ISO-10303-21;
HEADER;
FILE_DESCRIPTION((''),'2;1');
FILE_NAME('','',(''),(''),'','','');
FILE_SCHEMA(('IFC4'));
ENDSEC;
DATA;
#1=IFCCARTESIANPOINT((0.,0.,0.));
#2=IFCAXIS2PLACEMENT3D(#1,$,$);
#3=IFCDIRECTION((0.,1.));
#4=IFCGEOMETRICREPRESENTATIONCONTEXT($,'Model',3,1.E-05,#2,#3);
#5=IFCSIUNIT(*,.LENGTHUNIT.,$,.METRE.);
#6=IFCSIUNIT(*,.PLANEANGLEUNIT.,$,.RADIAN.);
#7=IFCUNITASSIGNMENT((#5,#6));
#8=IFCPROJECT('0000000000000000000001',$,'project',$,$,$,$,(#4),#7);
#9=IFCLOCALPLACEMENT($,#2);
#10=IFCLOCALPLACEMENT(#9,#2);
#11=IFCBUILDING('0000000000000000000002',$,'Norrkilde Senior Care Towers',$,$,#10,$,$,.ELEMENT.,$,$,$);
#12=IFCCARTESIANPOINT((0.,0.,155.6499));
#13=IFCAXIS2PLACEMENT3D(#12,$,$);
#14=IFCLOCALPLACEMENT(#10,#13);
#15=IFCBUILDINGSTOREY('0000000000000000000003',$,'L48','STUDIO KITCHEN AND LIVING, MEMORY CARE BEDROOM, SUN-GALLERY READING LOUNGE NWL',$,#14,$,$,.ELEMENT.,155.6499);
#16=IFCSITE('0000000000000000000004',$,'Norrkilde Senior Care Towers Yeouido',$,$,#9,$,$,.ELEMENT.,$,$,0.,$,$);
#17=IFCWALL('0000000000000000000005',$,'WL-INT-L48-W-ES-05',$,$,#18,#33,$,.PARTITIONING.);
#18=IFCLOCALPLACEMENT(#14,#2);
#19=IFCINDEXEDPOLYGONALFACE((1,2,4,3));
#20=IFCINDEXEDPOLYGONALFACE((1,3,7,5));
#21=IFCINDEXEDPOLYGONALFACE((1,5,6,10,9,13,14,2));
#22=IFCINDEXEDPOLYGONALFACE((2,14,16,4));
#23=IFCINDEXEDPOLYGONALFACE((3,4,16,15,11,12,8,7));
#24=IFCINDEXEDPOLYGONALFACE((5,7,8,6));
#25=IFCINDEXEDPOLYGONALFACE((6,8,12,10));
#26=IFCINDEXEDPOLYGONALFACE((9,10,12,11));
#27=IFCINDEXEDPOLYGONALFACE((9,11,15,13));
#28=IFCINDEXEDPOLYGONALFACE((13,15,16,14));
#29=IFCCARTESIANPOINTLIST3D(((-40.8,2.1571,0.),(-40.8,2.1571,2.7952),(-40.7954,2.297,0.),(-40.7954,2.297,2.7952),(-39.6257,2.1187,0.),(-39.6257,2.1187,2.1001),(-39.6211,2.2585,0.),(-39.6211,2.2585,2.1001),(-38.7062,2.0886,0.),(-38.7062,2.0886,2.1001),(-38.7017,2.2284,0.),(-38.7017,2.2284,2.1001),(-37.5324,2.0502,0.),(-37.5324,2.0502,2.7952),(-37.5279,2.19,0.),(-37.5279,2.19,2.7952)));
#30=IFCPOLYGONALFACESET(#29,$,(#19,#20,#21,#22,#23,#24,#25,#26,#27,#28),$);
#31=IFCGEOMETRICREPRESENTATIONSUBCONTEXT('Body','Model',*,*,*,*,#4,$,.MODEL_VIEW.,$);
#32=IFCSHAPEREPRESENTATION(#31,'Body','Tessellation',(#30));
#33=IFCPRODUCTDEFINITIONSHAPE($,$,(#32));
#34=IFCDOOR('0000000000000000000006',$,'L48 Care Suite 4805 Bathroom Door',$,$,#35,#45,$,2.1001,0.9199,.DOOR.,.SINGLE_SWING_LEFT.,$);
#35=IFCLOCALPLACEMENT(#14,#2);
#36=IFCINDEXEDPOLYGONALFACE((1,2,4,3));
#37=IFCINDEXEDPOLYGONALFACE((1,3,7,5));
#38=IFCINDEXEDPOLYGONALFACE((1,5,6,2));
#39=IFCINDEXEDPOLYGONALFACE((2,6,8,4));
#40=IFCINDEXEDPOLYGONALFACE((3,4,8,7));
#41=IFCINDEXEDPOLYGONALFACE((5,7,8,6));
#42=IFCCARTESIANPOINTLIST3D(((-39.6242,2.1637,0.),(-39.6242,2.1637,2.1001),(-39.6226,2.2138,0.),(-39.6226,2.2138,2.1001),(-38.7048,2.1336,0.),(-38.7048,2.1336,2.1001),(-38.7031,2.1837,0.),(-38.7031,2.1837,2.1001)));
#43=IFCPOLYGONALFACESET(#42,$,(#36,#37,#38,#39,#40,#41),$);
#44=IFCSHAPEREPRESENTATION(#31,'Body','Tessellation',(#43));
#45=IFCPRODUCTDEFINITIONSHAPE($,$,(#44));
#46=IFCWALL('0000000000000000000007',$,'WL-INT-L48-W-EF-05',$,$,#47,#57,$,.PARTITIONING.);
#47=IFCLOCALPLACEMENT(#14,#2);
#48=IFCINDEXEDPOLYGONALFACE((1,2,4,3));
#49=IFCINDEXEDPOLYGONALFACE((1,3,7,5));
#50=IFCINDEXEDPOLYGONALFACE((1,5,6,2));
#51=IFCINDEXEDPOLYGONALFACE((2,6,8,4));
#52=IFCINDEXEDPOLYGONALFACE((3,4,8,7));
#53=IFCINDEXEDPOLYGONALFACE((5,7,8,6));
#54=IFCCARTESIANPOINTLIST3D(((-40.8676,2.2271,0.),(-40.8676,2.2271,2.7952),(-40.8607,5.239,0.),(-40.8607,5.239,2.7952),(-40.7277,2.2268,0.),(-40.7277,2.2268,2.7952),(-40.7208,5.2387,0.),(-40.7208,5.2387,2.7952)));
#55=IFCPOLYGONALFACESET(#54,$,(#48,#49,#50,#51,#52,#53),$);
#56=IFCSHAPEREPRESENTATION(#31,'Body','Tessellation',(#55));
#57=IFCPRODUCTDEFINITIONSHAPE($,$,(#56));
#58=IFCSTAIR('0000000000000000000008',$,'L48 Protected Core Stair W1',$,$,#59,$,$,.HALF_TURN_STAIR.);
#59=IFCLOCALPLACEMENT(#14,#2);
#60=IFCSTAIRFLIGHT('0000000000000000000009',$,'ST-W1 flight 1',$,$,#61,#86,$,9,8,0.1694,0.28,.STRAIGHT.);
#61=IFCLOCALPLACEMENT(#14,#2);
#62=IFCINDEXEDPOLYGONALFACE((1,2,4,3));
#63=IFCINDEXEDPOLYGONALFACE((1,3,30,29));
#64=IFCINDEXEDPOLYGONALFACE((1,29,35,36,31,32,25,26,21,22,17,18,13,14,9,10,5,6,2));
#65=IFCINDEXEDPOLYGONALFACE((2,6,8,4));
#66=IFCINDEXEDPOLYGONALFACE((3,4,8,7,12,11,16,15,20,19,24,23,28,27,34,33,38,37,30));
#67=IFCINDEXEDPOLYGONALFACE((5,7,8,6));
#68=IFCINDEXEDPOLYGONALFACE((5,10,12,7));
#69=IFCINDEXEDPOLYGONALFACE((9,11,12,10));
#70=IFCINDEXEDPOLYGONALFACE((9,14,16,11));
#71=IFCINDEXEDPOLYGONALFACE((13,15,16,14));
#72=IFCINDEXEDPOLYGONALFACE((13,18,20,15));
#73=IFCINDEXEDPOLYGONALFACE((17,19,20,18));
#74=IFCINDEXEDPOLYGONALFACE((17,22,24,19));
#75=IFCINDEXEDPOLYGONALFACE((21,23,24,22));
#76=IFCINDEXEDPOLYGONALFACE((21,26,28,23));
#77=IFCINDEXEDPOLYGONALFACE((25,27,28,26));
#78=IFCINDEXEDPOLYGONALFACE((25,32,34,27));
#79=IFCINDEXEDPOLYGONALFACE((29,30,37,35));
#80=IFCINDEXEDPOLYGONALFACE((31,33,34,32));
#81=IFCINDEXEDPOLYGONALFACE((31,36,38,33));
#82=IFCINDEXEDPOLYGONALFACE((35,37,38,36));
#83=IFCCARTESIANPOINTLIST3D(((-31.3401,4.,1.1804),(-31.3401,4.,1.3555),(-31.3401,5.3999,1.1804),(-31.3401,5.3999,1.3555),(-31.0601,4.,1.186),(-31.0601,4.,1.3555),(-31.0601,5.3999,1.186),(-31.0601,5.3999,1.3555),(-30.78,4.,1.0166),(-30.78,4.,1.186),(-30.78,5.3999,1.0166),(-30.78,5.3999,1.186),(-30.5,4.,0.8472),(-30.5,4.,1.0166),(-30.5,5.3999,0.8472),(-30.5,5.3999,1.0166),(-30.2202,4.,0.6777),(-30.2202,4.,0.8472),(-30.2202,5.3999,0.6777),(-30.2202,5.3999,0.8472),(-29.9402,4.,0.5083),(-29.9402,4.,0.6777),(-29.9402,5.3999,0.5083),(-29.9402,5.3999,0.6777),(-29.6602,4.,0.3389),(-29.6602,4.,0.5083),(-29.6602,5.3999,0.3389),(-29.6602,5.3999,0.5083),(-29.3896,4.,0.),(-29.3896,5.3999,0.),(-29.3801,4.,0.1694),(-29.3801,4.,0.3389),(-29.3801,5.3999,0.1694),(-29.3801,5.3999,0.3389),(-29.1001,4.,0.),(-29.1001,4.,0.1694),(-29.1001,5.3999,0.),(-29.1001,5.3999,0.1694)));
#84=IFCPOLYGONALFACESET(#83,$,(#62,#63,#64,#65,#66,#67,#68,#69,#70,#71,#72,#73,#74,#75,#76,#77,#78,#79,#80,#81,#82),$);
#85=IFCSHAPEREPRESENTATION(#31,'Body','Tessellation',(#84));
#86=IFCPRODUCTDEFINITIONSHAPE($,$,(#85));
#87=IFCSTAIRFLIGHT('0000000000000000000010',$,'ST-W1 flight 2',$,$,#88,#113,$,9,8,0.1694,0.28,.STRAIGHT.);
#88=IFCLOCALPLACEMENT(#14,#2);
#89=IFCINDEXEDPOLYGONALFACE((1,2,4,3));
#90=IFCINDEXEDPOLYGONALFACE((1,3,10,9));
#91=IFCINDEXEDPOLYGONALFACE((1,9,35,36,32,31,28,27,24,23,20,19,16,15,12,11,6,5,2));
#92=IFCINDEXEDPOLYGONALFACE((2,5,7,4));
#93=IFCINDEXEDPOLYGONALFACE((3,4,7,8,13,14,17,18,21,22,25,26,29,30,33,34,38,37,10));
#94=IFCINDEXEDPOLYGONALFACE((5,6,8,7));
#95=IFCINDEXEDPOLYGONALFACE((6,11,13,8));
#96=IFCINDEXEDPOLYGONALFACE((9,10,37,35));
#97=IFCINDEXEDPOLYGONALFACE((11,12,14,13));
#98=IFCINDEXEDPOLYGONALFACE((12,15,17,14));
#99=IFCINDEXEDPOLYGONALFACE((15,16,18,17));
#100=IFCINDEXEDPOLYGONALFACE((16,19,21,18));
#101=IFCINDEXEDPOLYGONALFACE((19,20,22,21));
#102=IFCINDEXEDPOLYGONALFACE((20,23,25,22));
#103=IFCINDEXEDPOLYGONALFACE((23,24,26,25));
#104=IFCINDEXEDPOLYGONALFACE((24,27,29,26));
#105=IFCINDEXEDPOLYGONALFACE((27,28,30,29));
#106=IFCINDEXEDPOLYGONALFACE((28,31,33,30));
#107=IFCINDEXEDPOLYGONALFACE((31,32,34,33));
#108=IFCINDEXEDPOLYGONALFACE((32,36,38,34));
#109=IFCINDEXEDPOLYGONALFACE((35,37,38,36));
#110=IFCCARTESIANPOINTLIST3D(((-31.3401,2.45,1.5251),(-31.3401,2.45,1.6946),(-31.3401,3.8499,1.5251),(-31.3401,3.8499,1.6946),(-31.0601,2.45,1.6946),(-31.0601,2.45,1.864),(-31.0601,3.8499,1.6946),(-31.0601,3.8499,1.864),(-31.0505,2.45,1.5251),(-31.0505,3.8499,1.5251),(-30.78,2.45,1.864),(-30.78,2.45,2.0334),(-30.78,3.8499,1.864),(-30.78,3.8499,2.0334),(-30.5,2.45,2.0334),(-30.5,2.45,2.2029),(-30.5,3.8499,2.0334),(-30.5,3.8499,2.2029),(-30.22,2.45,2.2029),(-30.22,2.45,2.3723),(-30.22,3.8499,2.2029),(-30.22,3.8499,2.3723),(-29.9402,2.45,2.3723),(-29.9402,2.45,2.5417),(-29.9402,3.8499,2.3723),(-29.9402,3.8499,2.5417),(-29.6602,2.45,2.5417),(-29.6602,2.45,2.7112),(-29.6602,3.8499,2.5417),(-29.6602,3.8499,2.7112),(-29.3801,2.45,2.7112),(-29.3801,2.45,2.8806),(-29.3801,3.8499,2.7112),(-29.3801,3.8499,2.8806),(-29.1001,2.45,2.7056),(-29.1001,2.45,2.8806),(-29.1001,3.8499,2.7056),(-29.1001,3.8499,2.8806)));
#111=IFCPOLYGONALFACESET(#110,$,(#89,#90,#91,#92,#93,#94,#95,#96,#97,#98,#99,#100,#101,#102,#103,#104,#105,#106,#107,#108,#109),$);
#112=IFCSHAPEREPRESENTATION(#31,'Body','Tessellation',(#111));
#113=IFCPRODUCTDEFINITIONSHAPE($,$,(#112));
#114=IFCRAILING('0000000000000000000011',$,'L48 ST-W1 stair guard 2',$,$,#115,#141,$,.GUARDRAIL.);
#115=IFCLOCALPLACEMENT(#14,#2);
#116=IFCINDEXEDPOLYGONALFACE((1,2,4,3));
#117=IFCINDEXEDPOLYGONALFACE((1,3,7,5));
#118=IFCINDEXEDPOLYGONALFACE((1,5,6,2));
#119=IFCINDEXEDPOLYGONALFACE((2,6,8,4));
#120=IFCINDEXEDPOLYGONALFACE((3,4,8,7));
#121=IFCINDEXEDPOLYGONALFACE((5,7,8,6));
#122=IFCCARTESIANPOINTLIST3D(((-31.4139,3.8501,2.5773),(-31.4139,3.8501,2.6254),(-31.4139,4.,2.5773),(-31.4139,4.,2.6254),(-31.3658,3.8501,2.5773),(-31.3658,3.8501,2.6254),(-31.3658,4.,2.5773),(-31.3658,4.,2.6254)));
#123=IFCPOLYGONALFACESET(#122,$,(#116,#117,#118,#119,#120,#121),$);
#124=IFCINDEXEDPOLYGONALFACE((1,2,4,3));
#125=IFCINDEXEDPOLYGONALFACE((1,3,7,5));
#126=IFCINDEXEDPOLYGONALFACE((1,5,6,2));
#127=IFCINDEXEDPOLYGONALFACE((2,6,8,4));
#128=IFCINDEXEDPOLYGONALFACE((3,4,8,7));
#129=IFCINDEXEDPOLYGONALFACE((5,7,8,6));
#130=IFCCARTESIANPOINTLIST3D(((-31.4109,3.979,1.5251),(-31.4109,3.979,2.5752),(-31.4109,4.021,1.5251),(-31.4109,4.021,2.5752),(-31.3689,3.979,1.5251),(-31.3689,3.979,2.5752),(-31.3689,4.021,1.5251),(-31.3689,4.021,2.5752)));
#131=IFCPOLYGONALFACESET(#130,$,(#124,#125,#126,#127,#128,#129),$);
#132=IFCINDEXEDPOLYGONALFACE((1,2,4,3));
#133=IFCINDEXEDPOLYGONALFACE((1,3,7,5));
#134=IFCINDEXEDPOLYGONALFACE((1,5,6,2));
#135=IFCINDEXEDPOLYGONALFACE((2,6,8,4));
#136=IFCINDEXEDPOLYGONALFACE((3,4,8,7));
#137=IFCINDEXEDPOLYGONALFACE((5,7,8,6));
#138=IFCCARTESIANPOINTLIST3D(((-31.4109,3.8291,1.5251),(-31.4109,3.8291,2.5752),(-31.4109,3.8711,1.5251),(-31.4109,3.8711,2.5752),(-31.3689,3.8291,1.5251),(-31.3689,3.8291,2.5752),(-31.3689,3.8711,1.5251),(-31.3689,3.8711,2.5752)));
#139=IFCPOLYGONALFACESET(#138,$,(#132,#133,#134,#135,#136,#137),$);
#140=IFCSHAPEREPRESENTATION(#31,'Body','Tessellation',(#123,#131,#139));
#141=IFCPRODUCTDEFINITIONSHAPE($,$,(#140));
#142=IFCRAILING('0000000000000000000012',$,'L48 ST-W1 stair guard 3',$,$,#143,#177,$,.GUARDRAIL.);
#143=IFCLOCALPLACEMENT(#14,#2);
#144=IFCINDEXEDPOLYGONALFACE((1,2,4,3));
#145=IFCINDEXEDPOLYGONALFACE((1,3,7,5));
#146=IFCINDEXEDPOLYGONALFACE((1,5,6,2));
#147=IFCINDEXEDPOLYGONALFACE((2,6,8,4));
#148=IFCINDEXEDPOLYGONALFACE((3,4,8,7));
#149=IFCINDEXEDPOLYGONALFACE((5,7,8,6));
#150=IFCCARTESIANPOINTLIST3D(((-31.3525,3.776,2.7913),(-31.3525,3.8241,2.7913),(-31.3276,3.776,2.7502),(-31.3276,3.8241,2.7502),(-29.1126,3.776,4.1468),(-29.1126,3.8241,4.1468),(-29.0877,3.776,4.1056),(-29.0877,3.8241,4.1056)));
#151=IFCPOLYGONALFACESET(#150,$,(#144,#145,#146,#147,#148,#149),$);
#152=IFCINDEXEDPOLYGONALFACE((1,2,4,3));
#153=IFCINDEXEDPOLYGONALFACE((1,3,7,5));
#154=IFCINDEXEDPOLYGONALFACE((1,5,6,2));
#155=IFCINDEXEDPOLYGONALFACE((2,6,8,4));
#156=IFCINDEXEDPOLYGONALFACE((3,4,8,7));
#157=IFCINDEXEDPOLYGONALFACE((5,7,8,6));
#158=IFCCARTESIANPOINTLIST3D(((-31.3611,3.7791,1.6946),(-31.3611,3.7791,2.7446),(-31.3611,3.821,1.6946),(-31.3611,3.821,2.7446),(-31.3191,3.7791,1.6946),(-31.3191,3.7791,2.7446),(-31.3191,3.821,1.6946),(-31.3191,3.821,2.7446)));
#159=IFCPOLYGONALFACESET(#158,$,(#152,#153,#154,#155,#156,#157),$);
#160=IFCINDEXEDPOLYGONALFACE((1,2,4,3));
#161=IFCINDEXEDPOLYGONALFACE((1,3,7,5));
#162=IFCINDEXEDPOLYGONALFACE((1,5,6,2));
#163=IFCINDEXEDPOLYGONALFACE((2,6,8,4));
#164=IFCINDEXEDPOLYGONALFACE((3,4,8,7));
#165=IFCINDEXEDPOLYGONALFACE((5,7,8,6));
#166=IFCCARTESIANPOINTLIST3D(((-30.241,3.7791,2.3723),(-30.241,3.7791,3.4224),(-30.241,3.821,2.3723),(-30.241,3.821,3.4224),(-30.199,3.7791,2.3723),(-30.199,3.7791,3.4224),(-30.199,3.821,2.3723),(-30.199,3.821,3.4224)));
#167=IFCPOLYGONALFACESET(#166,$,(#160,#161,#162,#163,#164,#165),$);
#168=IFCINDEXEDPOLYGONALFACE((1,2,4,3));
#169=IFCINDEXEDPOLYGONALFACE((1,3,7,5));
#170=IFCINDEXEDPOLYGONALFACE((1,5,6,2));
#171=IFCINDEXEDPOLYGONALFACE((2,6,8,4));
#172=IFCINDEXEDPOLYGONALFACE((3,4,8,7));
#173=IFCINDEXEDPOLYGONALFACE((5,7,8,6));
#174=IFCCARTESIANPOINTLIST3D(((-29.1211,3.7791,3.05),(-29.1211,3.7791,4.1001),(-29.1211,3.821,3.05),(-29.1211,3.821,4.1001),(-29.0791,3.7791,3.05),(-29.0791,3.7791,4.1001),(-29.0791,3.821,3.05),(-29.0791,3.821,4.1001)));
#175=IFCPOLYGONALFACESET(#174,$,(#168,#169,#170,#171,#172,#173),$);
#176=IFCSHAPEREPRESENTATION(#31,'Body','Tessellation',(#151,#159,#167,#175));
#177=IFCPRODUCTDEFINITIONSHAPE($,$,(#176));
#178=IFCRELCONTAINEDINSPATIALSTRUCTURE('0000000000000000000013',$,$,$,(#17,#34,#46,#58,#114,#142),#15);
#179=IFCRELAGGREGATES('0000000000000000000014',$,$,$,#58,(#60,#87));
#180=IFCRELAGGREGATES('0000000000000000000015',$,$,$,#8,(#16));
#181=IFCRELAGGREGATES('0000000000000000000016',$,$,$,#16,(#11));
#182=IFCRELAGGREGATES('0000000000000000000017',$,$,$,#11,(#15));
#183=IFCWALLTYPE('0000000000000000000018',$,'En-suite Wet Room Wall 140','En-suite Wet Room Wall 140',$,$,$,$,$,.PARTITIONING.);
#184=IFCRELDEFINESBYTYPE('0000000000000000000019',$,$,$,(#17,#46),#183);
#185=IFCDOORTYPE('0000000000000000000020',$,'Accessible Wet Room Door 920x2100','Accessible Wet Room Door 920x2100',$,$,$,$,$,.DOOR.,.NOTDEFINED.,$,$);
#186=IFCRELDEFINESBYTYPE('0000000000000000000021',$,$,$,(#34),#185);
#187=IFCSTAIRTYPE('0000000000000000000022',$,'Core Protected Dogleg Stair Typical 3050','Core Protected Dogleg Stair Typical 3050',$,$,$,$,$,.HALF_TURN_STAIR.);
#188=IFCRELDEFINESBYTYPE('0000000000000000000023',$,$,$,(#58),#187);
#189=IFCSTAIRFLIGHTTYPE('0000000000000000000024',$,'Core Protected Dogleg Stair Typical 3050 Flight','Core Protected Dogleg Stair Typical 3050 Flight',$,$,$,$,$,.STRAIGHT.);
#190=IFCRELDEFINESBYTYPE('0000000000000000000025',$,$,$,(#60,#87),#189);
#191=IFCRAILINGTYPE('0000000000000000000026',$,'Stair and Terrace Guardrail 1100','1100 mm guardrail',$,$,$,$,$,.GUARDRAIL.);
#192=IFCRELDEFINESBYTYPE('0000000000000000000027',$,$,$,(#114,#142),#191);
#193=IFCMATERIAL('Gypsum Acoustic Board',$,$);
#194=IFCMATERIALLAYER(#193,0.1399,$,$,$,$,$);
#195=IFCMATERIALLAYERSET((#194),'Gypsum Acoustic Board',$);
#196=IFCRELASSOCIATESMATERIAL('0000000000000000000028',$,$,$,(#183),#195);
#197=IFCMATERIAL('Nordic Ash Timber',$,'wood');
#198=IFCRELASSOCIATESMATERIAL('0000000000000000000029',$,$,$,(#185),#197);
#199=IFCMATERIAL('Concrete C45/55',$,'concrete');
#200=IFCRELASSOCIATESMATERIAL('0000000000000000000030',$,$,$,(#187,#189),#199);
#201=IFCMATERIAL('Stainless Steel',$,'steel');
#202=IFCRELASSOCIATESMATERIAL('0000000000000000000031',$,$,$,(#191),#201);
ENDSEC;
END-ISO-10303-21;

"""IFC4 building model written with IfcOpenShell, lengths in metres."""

from ifc_helpers import new_model, si_unit, direction, frame, frame_2d, origin, origin_2d, place, context, subcontext, project, spatial, polyline, rectangle, outline, extrude, source, transform, mapped, material, layer, layer_set, type_object, type_shapes, element, fill, aggregate, save


model = new_model("IFC4")

# Units and contexts
model_context = context("Model", 3, precision=1e-05, world=origin(), true_north=direction((0.0, 1.0)))
body_context = subcontext(model_context, "Body", "Model", "MODEL_VIEW")
ifc_project = project(units=[si_unit("LENGTHUNIT", "METRE"), si_unit("PLANEANGLEUNIT", "RADIAN")], contexts=[model_context])

# Site, building, storey
site_placement = place(None, origin())
site = spatial("IfcSite", under=ifc_project, at=site_placement, Name="Norrkilde Senior Care Towers Yeouido", CompositionType="ELEMENT", RefElevation=0.0)
building_placement = place(site_placement, origin())
building = spatial("IfcBuilding", under=site, at=building_placement, Name="Norrkilde Senior Care Towers", CompositionType="ELEMENT")
storey_placement = place(building_placement, frame((0.0, 0.0, 155.6499)))
storey = spatial("IfcBuildingStorey", under=building, at=storey_placement, Name="L48", Description="STUDIO KITCHEN AND LIVING, MEMORY CARE BEDROOM, SUN-GALLERY READING LOUNGE NWL", CompositionType="ELEMENT", Elevation=155.6499)

# Shared definitions
ifc_material_1 = material(Name="Concrete C45/55", Category="concrete")

# Shared definitions
ifc_material_2 = material(Name="Gypsum Acoustic Board")

# Wall, opening, door
ifc_layer_1 = layer(ifc_material_2, 0.1399)
ifc_layer_set_1 = layer_set([ifc_layer_1], Name="Gypsum Acoustic Board")
wall_type_1 = type_object("IfcWallType", Name="En-suite Wet Room Wall 140", Description="En-suite Wet Room Wall 140", PredefinedType="PARTITIONING", material=ifc_layer_set_1)
shared_shape_1 = source(origin(), body_context, "Body", "SweptSolid", [
    extrude(rectangle(XDim=3.2693, YDim=0.1399, at=frame_2d((1.6348, 0.0))), origin(), (0.0, 0.0, 1.0), 2.7952),
])
wall_1_placement = place(storey_placement, frame((-37.53, 2.1201, 0.0), z_axis=(0.0, 0.0, 1.0), x_axis=(-0.999465, 0.032708, 0.0)))
wall_1 = element("IfcWall", 1, at=wall_1_placement, inside=storey, type_object=wall_type_1, Name="WL-INT-L48-W-ES-05", PredefinedType="PARTITIONING", context=body_context, shape_type="MappedRepresentation", body=[
    mapped(shared_shape_1, transform((0.0, 0.0, 0.0), x_axis=(1.0, 0.0, 0.0), y_axis=(0.0, 1.0, 0.0), z_axis=(0.0, 0.0, 1.0), scale=1.0)),
])
opening_1_placement = place(wall_1_placement, frame((1.1746, 0.0, 0.0)))
opening_1 = element("IfcOpeningElement", 2, at=opening_1_placement, cuts=wall_1, PredefinedType="OPENING", context=body_context, shape_type="SweptSolid", body=[
    extrude(rectangle(XDim=0.9199, YDim=2.1001, at=frame_2d((0.46, 1.05))), frame((0.0, 0.0798, 0.0), z_axis=(0.0, -1.0, 0.0), x_axis=(1.0, 0.0, 0.0)), (0.0, 0.0, 1.0), 0.1599),
])
ifc_material_3 = material(Name="Nordic Ash Timber", Category="wood")
door_type_1 = type_object("IfcDoorType", Name="Accessible Wet Room Door 920x2100", Description="Accessible Wet Room Door 920x2100", OperationType="NOTDEFINED", PredefinedType="DOOR", material=ifc_material_3)
shared_shape_2 = source(origin(), body_context, "Body", "SweptSolid", [
    extrude(rectangle(XDim=0.9199, YDim=2.1001, at=frame_2d((0.46, 1.05))), frame((0.0, 0.0249, 0.0), z_axis=(0.0, -1.0, 0.0), x_axis=(1.0, 0.0, 0.0)), (0.0, 0.0, 1.0), 0.05),
])
type_shapes(door_type_1, [shared_shape_2])
door_1_placement = place(opening_1_placement, origin())
door_1 = element("IfcDoor", 3, at=door_1_placement, inside=storey, type_object=door_type_1, Name="L48 Care Suite 4805 Bathroom Door", OperationType="SINGLE_SWING_LEFT", OverallHeight=2.1001, OverallWidth=0.9199, PredefinedType="DOOR", context=body_context, shape_type="MappedRepresentation", body=[
    mapped(shared_shape_2, transform((0.0, 0.0, 0.0), x_axis=(1.0, 0.0, 0.0), y_axis=(0.0, 1.0, 0.0), z_axis=(0.0, 0.0, 1.0), scale=1.0)),
])
fill(opening_1, door_1)

# Wall
shared_shape_3 = source(origin(), body_context, "Body", "SweptSolid", [
    extrude(rectangle(XDim=3.012, YDim=0.1399, at=frame_2d((1.5059, 0.0))), origin(), (0.0, 0.0, 1.0), 2.7952),
])
type_shapes(wall_type_1, [shared_shape_1, shared_shape_3])
wall_2_placement = place(storey_placement, frame((-40.7976, 2.2271, 0.0), z_axis=(0.0, 0.0, 1.0), x_axis=(0.00227, 0.999997, 0.0)))
element("IfcWall", 4, at=wall_2_placement, inside=storey, type_object=wall_type_1, Name="WL-INT-L48-W-EF-05", PredefinedType="PARTITIONING", context=body_context, shape_type="MappedRepresentation", body=[
    mapped(shared_shape_3, transform((0.0, 0.0, 0.0), x_axis=(1.0, 0.0, 0.0), y_axis=(0.0, 1.0, 0.0), z_axis=(0.0, 0.0, 1.0), scale=1.0)),
])

# Stair, stair flights
stair_type = type_object("IfcStairType", Name="Core Protected Dogleg Stair Typical 3050", Description="Core Protected Dogleg Stair Typical 3050", PredefinedType="HALF_TURN_STAIR", material=ifc_material_1)
stair_placement = place(storey_placement, origin())
stair = element("IfcStair", 5, at=stair_placement, inside=storey, type_object=stair_type, Name="L48 Protected Core Stair W1", PredefinedType="HALF_TURN_STAIR")
stair_flight_type = type_object("IfcStairFlightType", Name="Core Protected Dogleg Stair Typical 3050 Flight", Description="Core Protected Dogleg Stair Typical 3050 Flight", PredefinedType="STRAIGHT", material=ifc_material_1)
stair_flight_1_placement = place(storey_placement, frame((-29.1001, 4.7, 0.0), z_axis=(0.0, 0.0, 1.0), x_axis=(-1.0, 0.0, 0.0)))
stair_flight_1 = element("IfcStairFlight", 6, at=stair_flight_1_placement, type_object=stair_flight_type, Name="ST-W1 flight 1", NumberOfRisers=9, NumberOfTreads=8, PredefinedType="STRAIGHT", RiserHeight=0.1694, TreadLength=0.28, context=body_context, shape_type="SweptSolid", body=[
    extrude(outline(polyline([(0.0, 0.0), (0.0, 0.1694), (0.28, 0.1694), (0.28, 0.3389), (0.5601, 0.3389), (0.5601, 0.5083), (0.8401, 0.5083), (0.8401, 0.6777), (1.1201, 0.6777), (1.1201, 0.8472), (1.3999, 0.8472), (1.3999, 1.0166), (1.6799, 1.0166), (1.6799, 1.186), (1.96, 1.186), (1.96, 1.3555), (2.24, 1.3555), (2.24, 1.5249), (2.24, 1.1804), (0.2896, 0.0), (0.0, 0.0)])), frame((0.0, 0.7, 0.0), z_axis=(0.0, -1.0, 0.0), x_axis=(1.0, 0.0, 0.0)), (0.0, 0.0, 1.0), 1.3999),
])
stair_flight_2_placement = place(storey_placement, frame((-31.3401, 3.1499, 1.5251), z_axis=(0.0, 0.0, 1.0), x_axis=(1.0, 0.0, 0.0)))
stair_flight_2 = element("IfcStairFlight", 7, at=stair_flight_2_placement, type_object=stair_flight_type, Name="ST-W1 flight 2", NumberOfRisers=9, NumberOfTreads=8, PredefinedType="STRAIGHT", RiserHeight=0.1694, TreadLength=0.28, context=body_context, shape_type="SweptSolid", body=[
    extrude(outline(polyline([(0.0, 0.0), (0.0, 0.1694), (0.28, 0.1694), (0.28, 0.3389), (0.5601, 0.3389), (0.5601, 0.5083), (0.8401, 0.5083), (0.8401, 0.6777), (1.1201, 0.6777), (1.1201, 0.8472), (1.3999, 0.8472), (1.3999, 1.0166), (1.6799, 1.0166), (1.6799, 1.186), (1.96, 1.186), (1.96, 1.3555), (2.24, 1.3555), (2.24, 1.5249), (2.24, 1.1804), (0.2896, 0.0), (0.0, 0.0)])), frame((0.0, 0.7, 0.0), z_axis=(0.0, -1.0, 0.0), x_axis=(1.0, 0.0, 0.0)), (0.0, 0.0, 1.0), 1.3999),
])
aggregate(stair, [stair_flight_1, stair_flight_2])

# Railings
ifc_material_4 = material(Name="Stainless Steel", Category="steel")
railing_type_1 = type_object("IfcRailingType", Name="Stair and Terrace Guardrail 1100", Description="1100 mm guardrail", PredefinedType="GUARDRAIL", material=ifc_material_4)
railing_1_placement = place(storey_placement, frame((-31.3899, 4.0, 1.5251)))
element("IfcRailing", 8, at=railing_1_placement, inside=storey, type_object=railing_type_1, Name="L48 ST-W1 stair guard 2", PredefinedType="GUARDRAIL", context=body_context, shape_type="SweptSolid", body=[
    extrude(rectangle(XDim=0.0481, YDim=0.0481, at=origin_2d()), frame((0.0, 0.0, 1.0762), z_axis=(0.0, -1.0, 0.0), x_axis=(1.0, 0.0, 0.0)), (0.0, 0.0, 1.0), 0.1499),
    extrude(rectangle(XDim=0.042, YDim=0.042, at=origin_2d()), origin(), (0.0, 0.0, 1.0), 1.05),
    extrude(rectangle(XDim=0.042, YDim=0.042, at=origin_2d()), frame((0.0, -0.1499, 0.0)), (0.0, 0.0, 1.0), 1.05),
])
railing_2_placement = place(storey_placement, frame((-31.3401, 3.8, 1.6946)))
element("IfcRailing", 9, at=railing_2_placement, inside=storey, type_object=railing_type_1, Name="L48 ST-W1 stair guard 3", PredefinedType="GUARDRAIL", context=body_context, shape_type="SweptSolid", body=[
    extrude(rectangle(XDim=0.0481, YDim=0.0481, at=origin_2d()), frame((0.0, 0.0, 1.0762), z_axis=(0.855553, 0.0, 0.517715), x_axis=(0.0, 1.0, 0.0)), (0.0, 0.0, 1.0), 2.6182),
    extrude(rectangle(XDim=0.042, YDim=0.042, at=origin_2d()), origin(), (0.0, 0.0, 1.0), 1.05),
    extrude(rectangle(XDim=0.042, YDim=0.042, at=origin_2d()), frame((1.1201, 0.0, 0.6777)), (0.0, 0.0, 1.0), 1.05),
    extrude(rectangle(XDim=0.042, YDim=0.042, at=origin_2d()), frame((2.24, 0.0, 1.3555)), (0.0, 0.0, 1.0), 1.05),
])

save(model, "model.ifc")
